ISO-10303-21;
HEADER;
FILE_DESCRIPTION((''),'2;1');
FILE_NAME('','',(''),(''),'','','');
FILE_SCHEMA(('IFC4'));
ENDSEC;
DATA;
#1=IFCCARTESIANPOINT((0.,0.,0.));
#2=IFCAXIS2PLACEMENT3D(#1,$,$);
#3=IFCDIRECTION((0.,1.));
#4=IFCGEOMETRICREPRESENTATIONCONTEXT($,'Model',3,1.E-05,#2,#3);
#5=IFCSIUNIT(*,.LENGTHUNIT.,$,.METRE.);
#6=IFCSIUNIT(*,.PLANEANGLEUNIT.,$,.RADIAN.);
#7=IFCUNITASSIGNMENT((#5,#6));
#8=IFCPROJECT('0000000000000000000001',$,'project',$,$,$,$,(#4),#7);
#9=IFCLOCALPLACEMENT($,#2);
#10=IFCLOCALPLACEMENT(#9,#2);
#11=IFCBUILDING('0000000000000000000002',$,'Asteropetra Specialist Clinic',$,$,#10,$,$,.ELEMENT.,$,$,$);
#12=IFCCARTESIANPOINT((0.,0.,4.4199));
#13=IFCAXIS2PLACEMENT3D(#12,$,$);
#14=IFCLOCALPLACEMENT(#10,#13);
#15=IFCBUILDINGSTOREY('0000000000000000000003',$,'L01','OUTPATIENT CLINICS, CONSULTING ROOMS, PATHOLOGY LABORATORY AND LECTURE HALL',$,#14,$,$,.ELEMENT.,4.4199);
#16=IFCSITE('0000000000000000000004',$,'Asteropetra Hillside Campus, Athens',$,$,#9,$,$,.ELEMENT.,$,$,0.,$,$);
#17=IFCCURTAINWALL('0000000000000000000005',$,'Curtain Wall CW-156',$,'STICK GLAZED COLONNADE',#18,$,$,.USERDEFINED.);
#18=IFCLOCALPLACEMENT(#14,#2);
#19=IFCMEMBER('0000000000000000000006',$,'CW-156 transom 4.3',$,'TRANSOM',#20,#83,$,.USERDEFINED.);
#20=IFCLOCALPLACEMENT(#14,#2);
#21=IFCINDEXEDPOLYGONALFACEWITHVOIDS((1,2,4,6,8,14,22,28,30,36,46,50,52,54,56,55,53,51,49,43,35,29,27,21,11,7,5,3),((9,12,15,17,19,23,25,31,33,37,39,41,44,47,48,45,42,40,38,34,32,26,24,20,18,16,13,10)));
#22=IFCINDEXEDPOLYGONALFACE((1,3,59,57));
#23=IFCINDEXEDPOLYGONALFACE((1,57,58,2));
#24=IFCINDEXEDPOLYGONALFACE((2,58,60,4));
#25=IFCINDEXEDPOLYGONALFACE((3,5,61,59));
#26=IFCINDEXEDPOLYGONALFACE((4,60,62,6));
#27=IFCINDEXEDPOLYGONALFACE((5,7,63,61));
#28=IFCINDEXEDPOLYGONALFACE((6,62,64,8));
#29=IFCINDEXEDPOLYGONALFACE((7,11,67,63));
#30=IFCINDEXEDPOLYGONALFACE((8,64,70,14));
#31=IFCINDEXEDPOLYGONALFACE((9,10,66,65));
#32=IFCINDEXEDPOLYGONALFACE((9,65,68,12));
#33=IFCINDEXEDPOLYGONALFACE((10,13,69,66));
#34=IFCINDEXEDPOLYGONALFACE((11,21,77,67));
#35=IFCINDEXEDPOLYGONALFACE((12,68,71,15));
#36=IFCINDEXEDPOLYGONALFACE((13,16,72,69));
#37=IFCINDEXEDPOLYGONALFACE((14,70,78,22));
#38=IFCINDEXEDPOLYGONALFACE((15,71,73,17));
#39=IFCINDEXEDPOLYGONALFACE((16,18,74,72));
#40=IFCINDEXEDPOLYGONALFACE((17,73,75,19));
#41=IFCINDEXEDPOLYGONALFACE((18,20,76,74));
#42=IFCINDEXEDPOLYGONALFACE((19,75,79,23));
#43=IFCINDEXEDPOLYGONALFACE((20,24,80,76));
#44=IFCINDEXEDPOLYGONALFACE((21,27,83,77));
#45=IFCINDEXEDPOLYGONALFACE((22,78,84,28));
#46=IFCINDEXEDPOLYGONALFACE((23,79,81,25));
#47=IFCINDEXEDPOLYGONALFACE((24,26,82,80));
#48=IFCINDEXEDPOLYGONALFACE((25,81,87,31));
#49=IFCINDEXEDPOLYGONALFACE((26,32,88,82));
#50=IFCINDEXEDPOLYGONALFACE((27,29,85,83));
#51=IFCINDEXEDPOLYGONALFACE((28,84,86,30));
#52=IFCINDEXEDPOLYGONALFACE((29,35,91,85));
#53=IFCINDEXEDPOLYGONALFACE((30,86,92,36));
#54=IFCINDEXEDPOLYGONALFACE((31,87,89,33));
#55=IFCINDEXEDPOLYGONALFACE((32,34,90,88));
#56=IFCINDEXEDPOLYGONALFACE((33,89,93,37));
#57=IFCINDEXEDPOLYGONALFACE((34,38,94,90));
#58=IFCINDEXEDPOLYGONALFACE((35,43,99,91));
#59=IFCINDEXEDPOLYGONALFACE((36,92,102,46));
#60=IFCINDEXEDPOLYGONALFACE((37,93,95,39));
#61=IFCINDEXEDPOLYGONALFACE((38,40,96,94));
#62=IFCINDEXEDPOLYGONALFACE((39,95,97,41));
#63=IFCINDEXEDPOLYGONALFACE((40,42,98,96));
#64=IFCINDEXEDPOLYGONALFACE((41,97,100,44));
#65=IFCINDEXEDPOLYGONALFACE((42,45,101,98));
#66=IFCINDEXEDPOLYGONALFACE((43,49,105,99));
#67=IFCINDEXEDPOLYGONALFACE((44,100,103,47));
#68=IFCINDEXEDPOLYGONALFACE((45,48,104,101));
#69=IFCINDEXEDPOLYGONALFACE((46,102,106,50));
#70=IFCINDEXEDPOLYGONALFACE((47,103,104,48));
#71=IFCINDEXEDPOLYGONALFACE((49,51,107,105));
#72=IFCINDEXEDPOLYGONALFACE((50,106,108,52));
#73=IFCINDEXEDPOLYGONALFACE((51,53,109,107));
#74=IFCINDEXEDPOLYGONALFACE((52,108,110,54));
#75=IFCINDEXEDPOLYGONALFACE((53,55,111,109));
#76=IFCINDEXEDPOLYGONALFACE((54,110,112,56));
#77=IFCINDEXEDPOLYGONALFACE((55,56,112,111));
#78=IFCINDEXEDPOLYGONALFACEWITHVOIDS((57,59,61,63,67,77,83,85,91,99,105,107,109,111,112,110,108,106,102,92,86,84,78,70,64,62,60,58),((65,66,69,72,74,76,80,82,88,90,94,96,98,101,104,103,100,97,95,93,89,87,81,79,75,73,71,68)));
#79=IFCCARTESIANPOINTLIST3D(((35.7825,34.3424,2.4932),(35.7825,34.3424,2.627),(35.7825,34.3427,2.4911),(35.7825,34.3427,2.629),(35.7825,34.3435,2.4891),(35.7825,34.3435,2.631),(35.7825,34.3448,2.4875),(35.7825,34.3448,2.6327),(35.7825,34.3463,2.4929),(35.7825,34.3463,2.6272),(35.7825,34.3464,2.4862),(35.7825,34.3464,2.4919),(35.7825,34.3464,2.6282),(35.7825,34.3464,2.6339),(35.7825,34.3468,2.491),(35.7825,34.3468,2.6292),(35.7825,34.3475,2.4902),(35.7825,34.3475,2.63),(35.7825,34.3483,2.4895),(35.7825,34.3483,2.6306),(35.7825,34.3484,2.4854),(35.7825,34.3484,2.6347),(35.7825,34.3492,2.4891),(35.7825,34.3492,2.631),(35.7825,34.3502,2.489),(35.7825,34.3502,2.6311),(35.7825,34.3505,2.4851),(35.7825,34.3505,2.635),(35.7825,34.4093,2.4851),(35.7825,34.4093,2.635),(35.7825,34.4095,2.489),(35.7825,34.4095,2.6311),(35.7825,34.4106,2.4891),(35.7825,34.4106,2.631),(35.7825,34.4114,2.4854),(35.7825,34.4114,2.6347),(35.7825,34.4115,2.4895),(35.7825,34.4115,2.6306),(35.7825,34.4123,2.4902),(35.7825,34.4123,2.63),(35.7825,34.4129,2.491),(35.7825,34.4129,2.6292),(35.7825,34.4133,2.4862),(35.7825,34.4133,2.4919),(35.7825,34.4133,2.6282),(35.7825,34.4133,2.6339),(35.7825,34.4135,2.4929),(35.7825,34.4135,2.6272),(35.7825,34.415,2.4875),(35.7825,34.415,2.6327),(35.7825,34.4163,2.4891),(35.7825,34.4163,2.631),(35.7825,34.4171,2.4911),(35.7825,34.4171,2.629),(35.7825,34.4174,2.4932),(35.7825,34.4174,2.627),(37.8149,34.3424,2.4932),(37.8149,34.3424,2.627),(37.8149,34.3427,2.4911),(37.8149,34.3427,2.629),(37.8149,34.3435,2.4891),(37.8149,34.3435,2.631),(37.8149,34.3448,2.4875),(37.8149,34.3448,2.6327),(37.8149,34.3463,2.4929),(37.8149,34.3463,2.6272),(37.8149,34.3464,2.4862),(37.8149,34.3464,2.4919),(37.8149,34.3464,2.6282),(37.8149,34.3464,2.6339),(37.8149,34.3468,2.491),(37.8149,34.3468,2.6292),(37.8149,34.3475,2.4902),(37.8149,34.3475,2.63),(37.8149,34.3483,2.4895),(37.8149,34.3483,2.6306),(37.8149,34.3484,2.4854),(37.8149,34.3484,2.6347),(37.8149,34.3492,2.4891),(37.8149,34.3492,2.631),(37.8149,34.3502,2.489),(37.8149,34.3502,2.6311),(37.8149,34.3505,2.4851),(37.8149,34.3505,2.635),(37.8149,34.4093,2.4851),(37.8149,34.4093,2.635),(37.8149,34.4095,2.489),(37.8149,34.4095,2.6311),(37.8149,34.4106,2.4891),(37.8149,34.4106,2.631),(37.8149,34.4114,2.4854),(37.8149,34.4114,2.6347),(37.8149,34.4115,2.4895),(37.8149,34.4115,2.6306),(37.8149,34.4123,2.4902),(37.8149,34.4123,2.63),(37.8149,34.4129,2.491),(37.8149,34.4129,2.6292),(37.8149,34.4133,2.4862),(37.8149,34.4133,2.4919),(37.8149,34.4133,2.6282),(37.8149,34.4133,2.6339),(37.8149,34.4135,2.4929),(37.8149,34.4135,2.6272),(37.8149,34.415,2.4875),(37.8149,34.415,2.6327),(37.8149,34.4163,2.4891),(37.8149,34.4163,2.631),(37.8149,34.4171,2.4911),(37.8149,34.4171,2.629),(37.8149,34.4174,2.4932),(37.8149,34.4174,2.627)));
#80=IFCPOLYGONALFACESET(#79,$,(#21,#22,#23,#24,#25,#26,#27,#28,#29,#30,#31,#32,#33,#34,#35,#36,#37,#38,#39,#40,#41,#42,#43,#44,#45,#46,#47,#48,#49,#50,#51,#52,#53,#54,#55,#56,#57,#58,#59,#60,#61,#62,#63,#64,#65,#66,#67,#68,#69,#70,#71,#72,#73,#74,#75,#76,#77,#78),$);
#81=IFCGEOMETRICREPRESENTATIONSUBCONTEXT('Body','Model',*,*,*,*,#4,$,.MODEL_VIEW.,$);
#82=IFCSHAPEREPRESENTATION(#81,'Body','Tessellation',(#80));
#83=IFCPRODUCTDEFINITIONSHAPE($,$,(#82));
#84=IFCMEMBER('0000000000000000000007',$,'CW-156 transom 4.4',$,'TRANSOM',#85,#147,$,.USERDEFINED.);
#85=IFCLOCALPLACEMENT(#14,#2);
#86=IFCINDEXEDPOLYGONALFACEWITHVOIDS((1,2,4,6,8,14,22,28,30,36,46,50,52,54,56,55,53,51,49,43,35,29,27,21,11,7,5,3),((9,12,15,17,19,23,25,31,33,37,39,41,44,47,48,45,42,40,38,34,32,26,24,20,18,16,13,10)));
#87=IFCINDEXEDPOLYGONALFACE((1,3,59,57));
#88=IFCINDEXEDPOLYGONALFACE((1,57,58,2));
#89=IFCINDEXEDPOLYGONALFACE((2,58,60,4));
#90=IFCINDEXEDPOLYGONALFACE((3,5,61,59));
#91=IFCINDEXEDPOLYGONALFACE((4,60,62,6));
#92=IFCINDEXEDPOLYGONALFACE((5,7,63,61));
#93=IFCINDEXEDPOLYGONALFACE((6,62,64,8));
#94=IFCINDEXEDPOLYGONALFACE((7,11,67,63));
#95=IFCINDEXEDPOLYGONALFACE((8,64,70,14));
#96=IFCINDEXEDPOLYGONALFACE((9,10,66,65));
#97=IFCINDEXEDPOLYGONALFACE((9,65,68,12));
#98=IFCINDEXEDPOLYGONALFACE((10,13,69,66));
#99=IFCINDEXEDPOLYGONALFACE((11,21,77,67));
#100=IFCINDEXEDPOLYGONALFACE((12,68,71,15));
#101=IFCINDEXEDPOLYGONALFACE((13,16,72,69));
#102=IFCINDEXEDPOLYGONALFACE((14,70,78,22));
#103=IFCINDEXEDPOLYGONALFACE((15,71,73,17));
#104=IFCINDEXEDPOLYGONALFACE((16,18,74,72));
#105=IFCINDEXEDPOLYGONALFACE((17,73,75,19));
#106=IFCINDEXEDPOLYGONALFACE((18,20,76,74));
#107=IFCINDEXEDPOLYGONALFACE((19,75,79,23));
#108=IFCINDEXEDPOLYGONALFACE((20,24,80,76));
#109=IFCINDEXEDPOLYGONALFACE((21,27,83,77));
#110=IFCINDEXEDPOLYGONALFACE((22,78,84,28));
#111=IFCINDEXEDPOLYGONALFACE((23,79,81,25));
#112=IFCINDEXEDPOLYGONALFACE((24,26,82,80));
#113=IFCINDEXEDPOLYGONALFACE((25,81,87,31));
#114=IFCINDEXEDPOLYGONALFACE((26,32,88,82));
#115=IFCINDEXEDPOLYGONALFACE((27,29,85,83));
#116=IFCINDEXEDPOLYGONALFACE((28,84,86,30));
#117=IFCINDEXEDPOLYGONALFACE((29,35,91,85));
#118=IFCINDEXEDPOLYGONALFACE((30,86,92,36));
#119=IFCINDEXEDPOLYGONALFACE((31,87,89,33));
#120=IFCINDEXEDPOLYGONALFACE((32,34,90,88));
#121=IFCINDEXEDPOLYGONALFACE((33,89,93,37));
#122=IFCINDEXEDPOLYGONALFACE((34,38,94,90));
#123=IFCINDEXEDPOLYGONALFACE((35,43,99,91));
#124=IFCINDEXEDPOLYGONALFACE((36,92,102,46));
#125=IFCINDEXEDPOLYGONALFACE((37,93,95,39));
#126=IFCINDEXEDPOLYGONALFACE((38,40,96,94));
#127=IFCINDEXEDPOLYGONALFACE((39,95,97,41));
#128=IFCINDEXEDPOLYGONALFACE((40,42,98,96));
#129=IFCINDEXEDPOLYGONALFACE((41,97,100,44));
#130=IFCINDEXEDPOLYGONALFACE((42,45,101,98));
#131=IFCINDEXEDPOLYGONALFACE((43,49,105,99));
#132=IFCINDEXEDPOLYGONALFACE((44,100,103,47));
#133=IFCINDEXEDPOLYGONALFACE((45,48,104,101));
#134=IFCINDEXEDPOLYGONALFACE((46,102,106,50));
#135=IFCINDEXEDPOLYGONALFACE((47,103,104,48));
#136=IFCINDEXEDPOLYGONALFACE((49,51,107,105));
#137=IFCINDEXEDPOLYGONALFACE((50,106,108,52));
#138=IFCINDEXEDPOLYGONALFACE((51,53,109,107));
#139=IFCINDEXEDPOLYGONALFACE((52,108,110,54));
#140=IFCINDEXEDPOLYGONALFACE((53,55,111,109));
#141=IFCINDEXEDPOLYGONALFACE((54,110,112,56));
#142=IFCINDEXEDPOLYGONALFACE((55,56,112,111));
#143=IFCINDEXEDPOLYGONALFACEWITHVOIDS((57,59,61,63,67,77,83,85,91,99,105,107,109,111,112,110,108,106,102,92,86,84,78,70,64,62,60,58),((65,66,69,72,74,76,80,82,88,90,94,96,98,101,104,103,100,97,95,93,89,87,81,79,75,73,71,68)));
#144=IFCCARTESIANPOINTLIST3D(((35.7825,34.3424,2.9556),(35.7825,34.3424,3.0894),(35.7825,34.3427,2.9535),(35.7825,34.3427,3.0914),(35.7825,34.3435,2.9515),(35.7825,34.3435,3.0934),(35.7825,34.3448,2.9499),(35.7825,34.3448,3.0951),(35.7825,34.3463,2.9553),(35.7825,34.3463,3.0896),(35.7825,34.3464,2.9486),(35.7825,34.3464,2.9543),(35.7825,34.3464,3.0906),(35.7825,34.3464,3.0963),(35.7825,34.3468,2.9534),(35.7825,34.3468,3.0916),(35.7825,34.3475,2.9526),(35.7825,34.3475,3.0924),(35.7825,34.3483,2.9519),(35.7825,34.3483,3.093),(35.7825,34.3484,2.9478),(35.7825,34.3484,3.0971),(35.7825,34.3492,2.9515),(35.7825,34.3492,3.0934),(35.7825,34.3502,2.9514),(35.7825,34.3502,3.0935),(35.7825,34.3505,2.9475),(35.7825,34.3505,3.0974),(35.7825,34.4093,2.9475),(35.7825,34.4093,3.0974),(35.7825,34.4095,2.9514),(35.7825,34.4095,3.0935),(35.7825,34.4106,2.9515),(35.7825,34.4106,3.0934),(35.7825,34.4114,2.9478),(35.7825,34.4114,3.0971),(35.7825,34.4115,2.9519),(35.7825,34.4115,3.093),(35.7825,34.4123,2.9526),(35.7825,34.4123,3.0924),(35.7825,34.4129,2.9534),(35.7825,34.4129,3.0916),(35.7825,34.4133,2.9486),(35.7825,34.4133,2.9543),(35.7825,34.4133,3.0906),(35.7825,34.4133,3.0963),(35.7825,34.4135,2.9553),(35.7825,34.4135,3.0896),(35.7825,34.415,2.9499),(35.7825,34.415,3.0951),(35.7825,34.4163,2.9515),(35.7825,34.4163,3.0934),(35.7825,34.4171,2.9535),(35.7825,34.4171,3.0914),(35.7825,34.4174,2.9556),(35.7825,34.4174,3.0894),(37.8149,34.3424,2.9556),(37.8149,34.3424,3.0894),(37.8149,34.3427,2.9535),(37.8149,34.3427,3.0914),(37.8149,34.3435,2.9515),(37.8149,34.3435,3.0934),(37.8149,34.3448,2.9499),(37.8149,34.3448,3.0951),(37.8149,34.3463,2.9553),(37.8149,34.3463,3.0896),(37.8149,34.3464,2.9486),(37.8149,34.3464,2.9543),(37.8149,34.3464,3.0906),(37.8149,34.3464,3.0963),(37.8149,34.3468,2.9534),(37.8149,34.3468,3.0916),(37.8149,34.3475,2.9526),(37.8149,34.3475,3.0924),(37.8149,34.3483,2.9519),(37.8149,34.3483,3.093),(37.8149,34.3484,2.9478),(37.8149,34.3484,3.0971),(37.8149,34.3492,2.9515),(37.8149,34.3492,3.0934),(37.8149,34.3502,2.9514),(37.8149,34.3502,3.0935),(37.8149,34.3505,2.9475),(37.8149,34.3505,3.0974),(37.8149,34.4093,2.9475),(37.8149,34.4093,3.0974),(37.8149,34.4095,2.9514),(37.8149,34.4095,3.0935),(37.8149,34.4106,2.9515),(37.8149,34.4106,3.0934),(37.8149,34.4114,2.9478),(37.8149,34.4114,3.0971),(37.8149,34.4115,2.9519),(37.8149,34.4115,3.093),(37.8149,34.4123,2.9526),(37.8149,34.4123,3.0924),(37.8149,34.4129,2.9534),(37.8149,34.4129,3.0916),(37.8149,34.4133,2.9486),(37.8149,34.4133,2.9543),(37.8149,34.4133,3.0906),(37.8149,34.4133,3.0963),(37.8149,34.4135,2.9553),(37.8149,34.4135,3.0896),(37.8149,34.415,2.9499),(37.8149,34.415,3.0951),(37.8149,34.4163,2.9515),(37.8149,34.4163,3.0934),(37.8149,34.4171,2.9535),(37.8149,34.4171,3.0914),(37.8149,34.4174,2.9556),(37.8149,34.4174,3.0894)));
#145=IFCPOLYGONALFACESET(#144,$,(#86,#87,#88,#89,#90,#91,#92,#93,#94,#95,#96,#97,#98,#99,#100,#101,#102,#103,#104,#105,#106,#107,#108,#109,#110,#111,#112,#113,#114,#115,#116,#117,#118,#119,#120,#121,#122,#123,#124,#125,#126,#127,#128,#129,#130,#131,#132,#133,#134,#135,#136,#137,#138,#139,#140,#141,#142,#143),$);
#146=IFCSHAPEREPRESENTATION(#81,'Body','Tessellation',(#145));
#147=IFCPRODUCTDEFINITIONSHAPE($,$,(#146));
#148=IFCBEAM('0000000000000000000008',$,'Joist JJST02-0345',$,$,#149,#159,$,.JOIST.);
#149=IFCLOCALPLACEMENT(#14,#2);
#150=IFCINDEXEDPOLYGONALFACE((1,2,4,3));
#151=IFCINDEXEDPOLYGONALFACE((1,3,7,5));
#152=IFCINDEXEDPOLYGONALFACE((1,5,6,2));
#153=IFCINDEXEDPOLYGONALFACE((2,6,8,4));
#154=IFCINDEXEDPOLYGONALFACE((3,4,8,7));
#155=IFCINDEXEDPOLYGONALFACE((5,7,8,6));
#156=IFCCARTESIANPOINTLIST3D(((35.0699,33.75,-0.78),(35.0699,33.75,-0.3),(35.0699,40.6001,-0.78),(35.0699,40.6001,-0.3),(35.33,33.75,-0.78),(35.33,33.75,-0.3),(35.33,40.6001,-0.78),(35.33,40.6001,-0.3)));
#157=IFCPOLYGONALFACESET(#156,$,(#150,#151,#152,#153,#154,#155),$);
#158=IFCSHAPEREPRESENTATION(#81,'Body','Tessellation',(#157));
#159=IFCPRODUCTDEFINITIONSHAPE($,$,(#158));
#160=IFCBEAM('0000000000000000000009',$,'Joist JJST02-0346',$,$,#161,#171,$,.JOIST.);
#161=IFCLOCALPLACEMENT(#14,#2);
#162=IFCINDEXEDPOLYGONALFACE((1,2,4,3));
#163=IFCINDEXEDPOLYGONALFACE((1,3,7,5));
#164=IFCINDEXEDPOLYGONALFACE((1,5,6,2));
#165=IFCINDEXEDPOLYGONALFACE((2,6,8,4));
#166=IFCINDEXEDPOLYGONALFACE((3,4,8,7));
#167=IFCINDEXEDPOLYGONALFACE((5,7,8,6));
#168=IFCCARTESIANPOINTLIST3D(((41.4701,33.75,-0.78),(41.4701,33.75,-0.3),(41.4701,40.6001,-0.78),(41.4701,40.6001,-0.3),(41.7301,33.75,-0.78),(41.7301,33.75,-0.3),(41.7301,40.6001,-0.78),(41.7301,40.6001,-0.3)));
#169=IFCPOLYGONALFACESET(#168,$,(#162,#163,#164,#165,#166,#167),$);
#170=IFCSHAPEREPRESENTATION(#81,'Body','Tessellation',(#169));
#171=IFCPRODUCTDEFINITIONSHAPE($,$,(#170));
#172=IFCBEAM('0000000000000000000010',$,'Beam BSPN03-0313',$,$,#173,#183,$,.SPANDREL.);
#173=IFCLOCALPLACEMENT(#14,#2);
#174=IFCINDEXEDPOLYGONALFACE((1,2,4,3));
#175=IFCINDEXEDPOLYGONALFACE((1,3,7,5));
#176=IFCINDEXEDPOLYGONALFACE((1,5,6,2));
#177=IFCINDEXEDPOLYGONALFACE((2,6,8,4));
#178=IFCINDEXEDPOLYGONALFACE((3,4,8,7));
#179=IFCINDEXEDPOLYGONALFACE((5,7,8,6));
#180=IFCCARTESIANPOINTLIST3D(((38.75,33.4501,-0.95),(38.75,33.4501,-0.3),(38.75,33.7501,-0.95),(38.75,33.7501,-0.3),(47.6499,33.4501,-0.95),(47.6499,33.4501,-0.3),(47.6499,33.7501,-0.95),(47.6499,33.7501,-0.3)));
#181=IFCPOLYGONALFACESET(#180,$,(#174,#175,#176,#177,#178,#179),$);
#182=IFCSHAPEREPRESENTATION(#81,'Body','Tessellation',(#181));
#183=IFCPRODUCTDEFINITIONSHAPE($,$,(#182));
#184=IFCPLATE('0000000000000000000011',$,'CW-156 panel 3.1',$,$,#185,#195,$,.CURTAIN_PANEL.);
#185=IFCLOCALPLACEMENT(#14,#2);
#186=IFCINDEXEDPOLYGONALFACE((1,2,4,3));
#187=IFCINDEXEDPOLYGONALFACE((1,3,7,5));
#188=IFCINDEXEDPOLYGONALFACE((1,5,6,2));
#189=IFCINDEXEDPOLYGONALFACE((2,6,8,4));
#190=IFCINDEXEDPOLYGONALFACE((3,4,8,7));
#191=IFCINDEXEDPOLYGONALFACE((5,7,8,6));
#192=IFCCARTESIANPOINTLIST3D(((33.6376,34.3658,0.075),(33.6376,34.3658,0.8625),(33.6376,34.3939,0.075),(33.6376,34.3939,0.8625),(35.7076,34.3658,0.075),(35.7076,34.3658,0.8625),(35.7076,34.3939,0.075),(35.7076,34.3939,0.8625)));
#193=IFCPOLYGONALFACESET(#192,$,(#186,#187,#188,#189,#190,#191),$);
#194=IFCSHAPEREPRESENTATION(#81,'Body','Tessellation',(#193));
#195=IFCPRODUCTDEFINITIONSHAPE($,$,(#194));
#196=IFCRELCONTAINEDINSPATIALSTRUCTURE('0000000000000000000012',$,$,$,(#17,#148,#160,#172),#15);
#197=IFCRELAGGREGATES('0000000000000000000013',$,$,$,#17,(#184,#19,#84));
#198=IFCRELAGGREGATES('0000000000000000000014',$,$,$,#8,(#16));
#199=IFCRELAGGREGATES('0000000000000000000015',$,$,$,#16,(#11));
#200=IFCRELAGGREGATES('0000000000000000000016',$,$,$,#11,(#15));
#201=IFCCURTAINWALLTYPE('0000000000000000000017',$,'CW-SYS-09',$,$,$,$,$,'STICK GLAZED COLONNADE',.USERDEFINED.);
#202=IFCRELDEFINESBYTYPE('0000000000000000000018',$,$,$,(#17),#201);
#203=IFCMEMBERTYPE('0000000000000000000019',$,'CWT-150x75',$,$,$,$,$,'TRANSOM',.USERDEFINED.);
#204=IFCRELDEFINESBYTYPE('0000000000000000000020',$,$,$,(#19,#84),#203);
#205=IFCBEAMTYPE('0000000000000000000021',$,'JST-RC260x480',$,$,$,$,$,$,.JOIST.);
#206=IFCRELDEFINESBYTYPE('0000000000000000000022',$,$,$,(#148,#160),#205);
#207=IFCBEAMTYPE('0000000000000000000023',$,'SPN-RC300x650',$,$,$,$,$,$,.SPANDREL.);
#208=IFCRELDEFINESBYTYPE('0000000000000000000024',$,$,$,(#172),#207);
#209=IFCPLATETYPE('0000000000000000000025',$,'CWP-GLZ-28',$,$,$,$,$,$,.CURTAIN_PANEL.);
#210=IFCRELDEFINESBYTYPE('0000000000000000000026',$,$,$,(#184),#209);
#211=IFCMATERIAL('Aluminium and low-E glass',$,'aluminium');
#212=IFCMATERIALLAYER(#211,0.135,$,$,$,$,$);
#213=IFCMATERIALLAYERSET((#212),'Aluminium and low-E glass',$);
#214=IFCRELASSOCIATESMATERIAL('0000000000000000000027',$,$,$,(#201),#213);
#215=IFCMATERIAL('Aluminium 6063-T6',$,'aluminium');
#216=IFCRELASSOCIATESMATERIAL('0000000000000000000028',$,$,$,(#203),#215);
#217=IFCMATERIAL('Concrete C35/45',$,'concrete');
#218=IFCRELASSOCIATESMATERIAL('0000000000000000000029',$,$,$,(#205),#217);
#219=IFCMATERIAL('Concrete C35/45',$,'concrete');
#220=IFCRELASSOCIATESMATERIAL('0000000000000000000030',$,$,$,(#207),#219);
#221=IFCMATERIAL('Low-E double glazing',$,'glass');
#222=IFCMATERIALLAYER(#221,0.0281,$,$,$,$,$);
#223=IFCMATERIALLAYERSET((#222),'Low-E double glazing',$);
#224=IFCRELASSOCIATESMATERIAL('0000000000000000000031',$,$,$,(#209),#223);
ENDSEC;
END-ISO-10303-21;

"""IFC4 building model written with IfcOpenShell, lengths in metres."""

from ifc_helpers import new_model, si_unit, direction, frame, origin, origin_2d, place, context, subcontext, project, spatial, rectangle, hollow_rectangle, extrude, material, layer, layer_set, material_profile, profile_set, type_object, element, aggregate, save


model = new_model("IFC4")

# Units and contexts
model_context = context("Model", 3, precision=1e-05, world=origin(), true_north=direction((0.0, 1.0)))
body_context = subcontext(model_context, "Body", "Model", "MODEL_VIEW")
ifc_project = project(units=[si_unit("LENGTHUNIT", "METRE"), si_unit("PLANEANGLEUNIT", "RADIAN")], contexts=[model_context])

# Site, building, storey
site_placement = place(None, origin())
site = spatial("IfcSite", under=ifc_project, at=site_placement, Name="Asteropetra Hillside Campus, Athens", CompositionType="ELEMENT", RefElevation=0.0)
building_placement = place(site_placement, origin())
building = spatial("IfcBuilding", under=site, at=building_placement, Name="Asteropetra Specialist Clinic", CompositionType="ELEMENT")
storey_placement = place(building_placement, frame((0.0, 0.0, 4.4199)))
storey = spatial("IfcBuildingStorey", under=building, at=storey_placement, Name="L01", Description="OUTPATIENT CLINICS, CONSULTING ROOMS, PATHOLOGY LABORATORY AND LECTURE HALL", CompositionType="ELEMENT", Elevation=4.4199)

# Curtain wall, members
ifc_material_1 = material(Name="Aluminium and low-E glass", Category="aluminium")
ifc_layer_1 = layer(ifc_material_1, 0.135)
ifc_layer_set_1 = layer_set([ifc_layer_1], Name="Aluminium and low-E glass")
curtain_wall_type = type_object("IfcCurtainWallType", Name="CW-SYS-09", ElementType="STICK GLAZED COLONNADE", PredefinedType="USERDEFINED", material=ifc_layer_set_1)
curtain_wall_placement = place(storey_placement, origin())
curtain_wall = element("IfcCurtainWall", 1, at=curtain_wall_placement, inside=storey, type_object=curtain_wall_type, Name="Curtain Wall CW-156", ObjectType="STICK GLAZED COLONNADE", PredefinedType="USERDEFINED")
ifc_material_2 = material(Name="Aluminium 6063-T6", Category="aluminium")
ifc_material_profile_1 = material_profile(ifc_material_2, hollow_rectangle(XDim=0.075, YDim=0.1499, WallThickness=0.0039, InnerFilletRadius=0.0039, OuterFilletRadius=0.0081, at=origin_2d()), Name="TRN 150x75x4.0")
ifc_profile_set_1 = profile_set([ifc_material_profile_1], Name="Aluminium 6063-T6")
member_type_1 = type_object("IfcMemberType", Name="CWT-150x75", ElementType="TRANSOM", PredefinedType="USERDEFINED", material=ifc_profile_set_1)
member_1_placement = place(storey_placement, frame((35.7825, 34.3799, 2.5601), z_axis=(1.0, 0.0, 0.0), x_axis=(0.0, 1.0, 0.0)))
member_1 = element("IfcMember", 2, at=member_1_placement, type_object=member_type_1, Name="CW-156 transom 4.3", ObjectType="TRANSOM", PredefinedType="USERDEFINED", context=body_context, shape_type="SweptSolid", body=[
    extrude(hollow_rectangle(XDim=0.075, YDim=0.1499, WallThickness=0.0039, InnerFilletRadius=0.0039, OuterFilletRadius=0.0081, at=origin_2d()), origin(), (0.0, 0.0, 1.0), 2.0325),
])
member_2_placement = place(storey_placement, frame((35.7825, 34.3799, 3.0225), z_axis=(1.0, 0.0, 0.0), x_axis=(0.0, 1.0, 0.0)))
member_2 = element("IfcMember", 3, at=member_2_placement, type_object=member_type_1, Name="CW-156 transom 4.4", ObjectType="TRANSOM", PredefinedType="USERDEFINED", context=body_context, shape_type="SweptSolid", body=[
    extrude(hollow_rectangle(XDim=0.075, YDim=0.1499, WallThickness=0.0039, InnerFilletRadius=0.0039, OuterFilletRadius=0.0081, at=origin_2d()), origin(), (0.0, 0.0, 1.0), 2.0325),
])

# Beams
ifc_material_3 = material(Name="Concrete C35/45", Category="concrete")
ifc_material_profile_2 = material_profile(ifc_material_3, rectangle(XDim=0.26, YDim=0.48, at=origin_2d()), Name="RCJ 260x480")
ifc_profile_set_2 = profile_set([ifc_material_profile_2], Name="Concrete C35/45")
beam_type_1 = type_object("IfcBeamType", Name="JST-RC260x480", PredefinedType="JOIST", material=ifc_profile_set_2)
for number, where, z_axis, x_axis, name in (
    (4, (35.2, 33.75, -0.54), (0.0, 1.0, 0.0), (-1.0, 0.0, 0.0), "Joist JJST02-0345"),
    (5, (41.6001, 33.75, -0.54), (0.0, 1.0, 0.0), (-1.0, 0.0, 0.0), "Joist JJST02-0346"),
):
    element("IfcBeam", number, at=place(storey_placement, frame(where, z_axis=z_axis, x_axis=x_axis)), inside=storey, type_object=beam_type_1, Name=name, PredefinedType="JOIST", context=body_context, shape_type="SweptSolid", body=[
        extrude(rectangle(XDim=0.26, YDim=0.48, at=origin_2d()), origin(), (0.0, 0.0, 1.0), 6.8501),
    ])
ifc_material_4 = material(Name="Concrete C35/45", Category="concrete")
ifc_material_profile_3 = material_profile(ifc_material_4, rectangle(XDim=0.3, YDim=0.6499, at=origin_2d()), Name="RCS 300x650")
ifc_profile_set_3 = profile_set([ifc_material_profile_3], Name="Concrete C35/45")
beam_type_2 = type_object("IfcBeamType", Name="SPN-RC300x650", PredefinedType="SPANDREL", material=ifc_profile_set_3)
beam_1_placement = place(storey_placement, frame((38.75, 33.6001, -0.625), z_axis=(1.0, 0.0, 0.0), x_axis=(0.0, 1.0, 0.0)))
element("IfcBeam", 6, at=beam_1_placement, inside=storey, type_object=beam_type_2, Name="Beam BSPN03-0313", PredefinedType="SPANDREL", context=body_context, shape_type="SweptSolid", body=[
    extrude(rectangle(XDim=0.3, YDim=0.6499, at=origin_2d()), origin(), (0.0, 0.0, 1.0), 8.8999),
])

# Plate
ifc_material_5 = material(Name="Low-E double glazing", Category="glass")
ifc_layer_2 = layer(ifc_material_5, 0.0281)
ifc_layer_set_2 = layer_set([ifc_layer_2], Name="Low-E double glazing")
plate_type = type_object("IfcPlateType", Name="CWP-GLZ-28", PredefinedType="CURTAIN_PANEL", material=ifc_layer_set_2)
plate_1_placement = place(storey_placement, frame((34.6726, 34.3799, 0.075), z_axis=(0.0, 0.0, 1.0), x_axis=(1.0, 0.0, 0.0)))
plate_1 = element("IfcPlate", 7, at=plate_1_placement, type_object=plate_type, Name="CW-156 panel 3.1", PredefinedType="CURTAIN_PANEL", context=body_context, shape_type="SweptSolid", body=[
    extrude(rectangle(XDim=2.0701, YDim=0.0281, at=origin_2d()), origin(), (0.0, 0.0, 1.0), 0.7876),
])
aggregate(curtain_wall, [plate_1, member_1, member_2])

save(model, "model.ifc")
